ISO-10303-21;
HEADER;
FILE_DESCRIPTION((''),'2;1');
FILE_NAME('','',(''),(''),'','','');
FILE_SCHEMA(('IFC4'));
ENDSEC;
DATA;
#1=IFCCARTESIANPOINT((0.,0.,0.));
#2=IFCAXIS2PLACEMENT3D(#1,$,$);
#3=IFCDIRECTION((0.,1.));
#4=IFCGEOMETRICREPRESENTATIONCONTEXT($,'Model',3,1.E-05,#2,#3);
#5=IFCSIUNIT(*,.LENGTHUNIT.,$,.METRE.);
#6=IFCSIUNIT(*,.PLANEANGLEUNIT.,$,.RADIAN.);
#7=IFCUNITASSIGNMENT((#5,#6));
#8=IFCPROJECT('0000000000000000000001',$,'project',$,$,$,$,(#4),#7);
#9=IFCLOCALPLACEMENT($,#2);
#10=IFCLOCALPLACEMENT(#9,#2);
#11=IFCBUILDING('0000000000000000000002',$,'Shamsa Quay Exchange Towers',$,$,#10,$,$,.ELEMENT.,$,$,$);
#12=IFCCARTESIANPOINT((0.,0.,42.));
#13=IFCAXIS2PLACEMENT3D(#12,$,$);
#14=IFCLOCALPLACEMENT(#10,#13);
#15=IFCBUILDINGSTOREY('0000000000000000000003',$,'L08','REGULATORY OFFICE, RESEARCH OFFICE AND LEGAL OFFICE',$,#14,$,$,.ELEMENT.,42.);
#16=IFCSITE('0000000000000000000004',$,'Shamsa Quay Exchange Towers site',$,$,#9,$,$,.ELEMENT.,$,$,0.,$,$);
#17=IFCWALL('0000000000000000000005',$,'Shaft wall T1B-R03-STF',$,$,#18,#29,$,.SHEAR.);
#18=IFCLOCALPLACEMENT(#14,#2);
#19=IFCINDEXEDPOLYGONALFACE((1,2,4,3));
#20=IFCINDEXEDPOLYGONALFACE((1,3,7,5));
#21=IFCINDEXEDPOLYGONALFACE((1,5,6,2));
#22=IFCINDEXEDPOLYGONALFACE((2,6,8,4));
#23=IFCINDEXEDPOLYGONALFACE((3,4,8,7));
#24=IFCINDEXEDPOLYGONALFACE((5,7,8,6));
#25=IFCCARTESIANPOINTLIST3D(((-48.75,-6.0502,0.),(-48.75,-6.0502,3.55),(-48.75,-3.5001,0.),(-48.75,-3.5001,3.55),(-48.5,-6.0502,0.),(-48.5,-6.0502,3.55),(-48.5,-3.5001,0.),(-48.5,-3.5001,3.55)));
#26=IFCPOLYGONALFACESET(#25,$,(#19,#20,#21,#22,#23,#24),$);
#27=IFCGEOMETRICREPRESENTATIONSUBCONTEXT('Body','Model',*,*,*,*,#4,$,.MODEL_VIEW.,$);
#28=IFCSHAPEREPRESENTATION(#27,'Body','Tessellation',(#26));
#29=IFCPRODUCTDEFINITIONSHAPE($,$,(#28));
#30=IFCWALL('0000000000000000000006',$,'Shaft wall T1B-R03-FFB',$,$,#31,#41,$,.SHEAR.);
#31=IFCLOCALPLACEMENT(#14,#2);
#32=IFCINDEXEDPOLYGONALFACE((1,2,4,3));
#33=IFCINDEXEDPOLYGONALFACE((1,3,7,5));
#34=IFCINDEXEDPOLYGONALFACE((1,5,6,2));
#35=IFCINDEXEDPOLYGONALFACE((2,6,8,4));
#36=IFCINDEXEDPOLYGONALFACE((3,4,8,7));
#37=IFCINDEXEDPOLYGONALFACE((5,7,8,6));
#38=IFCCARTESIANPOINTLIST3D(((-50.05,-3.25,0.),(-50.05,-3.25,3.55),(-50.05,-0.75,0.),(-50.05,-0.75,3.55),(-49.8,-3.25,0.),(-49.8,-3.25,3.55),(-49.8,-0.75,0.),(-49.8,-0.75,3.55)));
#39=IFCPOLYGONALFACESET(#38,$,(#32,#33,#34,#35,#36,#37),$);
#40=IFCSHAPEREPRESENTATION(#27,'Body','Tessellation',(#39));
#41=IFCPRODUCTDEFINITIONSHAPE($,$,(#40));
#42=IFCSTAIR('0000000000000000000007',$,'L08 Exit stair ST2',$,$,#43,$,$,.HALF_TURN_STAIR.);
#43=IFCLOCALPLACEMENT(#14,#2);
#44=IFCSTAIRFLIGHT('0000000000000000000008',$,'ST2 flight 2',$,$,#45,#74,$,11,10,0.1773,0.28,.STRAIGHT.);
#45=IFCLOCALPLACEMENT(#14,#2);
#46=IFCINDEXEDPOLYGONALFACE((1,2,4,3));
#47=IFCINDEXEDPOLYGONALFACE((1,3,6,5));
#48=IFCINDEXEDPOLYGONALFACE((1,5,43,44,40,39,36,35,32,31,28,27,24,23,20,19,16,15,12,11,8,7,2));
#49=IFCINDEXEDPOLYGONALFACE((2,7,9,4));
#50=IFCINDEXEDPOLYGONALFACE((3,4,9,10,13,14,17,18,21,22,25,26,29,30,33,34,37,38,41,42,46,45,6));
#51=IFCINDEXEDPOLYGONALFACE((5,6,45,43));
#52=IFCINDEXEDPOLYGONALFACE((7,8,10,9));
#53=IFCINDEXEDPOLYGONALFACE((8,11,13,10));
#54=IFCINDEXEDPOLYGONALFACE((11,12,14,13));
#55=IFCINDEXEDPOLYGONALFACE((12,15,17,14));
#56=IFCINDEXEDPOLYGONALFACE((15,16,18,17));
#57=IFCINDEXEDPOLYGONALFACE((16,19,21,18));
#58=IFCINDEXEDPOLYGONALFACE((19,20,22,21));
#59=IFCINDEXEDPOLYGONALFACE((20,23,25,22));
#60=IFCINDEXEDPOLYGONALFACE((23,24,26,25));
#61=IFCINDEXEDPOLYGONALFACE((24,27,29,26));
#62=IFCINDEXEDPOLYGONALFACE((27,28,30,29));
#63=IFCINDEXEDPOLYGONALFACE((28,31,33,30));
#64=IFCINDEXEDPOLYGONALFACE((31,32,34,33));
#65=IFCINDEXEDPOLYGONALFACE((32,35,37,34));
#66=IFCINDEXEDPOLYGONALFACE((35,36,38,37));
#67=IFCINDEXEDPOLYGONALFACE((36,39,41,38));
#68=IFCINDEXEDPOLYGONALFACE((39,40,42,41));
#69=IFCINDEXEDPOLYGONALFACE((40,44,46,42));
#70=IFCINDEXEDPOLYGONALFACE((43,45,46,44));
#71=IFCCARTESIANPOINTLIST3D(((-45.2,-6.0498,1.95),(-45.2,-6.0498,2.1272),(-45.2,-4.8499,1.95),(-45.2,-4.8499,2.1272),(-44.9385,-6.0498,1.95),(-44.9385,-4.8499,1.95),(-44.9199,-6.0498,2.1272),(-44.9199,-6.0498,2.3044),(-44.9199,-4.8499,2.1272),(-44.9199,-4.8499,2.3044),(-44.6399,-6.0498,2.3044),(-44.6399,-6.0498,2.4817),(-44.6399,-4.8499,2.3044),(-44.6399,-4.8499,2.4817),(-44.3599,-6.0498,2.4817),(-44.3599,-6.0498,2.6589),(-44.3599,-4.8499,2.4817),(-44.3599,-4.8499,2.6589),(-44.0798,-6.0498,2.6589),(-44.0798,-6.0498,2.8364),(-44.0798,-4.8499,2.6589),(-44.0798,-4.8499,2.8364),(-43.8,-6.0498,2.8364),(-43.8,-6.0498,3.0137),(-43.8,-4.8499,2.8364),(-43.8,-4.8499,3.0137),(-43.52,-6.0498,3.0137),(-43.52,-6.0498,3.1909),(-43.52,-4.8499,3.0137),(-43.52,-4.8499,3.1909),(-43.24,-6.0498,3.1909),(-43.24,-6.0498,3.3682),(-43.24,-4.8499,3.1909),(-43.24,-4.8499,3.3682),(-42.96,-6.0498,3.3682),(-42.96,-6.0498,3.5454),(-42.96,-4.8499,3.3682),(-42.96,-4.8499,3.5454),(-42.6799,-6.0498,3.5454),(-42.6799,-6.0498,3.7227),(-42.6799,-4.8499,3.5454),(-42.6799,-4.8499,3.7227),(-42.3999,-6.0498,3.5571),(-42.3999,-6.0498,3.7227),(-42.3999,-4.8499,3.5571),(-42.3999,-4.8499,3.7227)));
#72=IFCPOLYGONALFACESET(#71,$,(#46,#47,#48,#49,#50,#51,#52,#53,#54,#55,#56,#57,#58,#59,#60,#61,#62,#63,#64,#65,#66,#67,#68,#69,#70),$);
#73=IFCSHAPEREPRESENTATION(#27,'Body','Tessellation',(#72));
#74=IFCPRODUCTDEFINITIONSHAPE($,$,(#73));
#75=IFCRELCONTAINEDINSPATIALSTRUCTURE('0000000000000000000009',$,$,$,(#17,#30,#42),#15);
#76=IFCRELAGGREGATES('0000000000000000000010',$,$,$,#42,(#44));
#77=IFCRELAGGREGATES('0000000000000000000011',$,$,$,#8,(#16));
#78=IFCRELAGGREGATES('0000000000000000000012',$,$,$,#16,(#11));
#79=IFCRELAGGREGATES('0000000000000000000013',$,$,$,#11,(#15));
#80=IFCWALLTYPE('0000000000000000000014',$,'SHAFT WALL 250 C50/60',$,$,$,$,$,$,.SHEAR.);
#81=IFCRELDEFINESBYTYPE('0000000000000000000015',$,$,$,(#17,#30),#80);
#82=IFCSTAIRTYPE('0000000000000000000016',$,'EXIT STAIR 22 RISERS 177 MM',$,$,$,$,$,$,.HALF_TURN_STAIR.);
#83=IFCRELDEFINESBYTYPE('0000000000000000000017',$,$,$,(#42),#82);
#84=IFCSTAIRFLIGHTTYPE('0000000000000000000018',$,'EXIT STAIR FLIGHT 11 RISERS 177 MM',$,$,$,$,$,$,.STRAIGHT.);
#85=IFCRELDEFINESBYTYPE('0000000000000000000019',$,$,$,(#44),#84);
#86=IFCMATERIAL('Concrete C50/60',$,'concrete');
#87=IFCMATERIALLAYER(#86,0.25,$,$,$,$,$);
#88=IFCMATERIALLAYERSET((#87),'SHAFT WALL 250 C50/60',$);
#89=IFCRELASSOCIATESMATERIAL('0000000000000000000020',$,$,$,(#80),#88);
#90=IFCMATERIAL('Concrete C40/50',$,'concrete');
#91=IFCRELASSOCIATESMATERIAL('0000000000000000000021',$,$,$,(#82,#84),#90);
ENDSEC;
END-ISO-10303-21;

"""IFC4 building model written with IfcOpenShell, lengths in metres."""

from ifc_helpers import new_model, si_unit, direction, frame, frame_2d, origin, place, context, subcontext, project, spatial, polyline, rectangle, outline, extrude, material, layer, layer_set, type_object, element, aggregate, save


model = new_model("IFC4")

# Units and contexts
model_context = context("Model", 3, precision=1e-05, world=origin(), true_north=direction((0.0, 1.0)))
body_context = subcontext(model_context, "Body", "Model", "MODEL_VIEW")
ifc_project = project(units=[si_unit("LENGTHUNIT", "METRE"), si_unit("PLANEANGLEUNIT", "RADIAN")], contexts=[model_context])

# Site, building, storey
site_placement = place(None, origin())
site = spatial("IfcSite", under=ifc_project, at=site_placement, Name="Shamsa Quay Exchange Towers site", CompositionType="ELEMENT", RefElevation=0.0)
building_placement = place(site_placement, origin())
building = spatial("IfcBuilding", under=site, at=building_placement, Name="Shamsa Quay Exchange Towers", CompositionType="ELEMENT")
storey_placement = place(building_placement, frame((0.0, 0.0, 42.0)))
storey = spatial("IfcBuildingStorey", under=building, at=storey_placement, Name="L08", Description="REGULATORY OFFICE, RESEARCH OFFICE AND LEGAL OFFICE", CompositionType="ELEMENT", Elevation=42.0)

# Wall
ifc_material_1 = material(Name="Concrete C50/60", Category="concrete")
ifc_layer_1 = layer(ifc_material_1, 0.25)
ifc_layer_set_1 = layer_set([ifc_layer_1], Name="SHAFT WALL 250 C50/60")
wall_type_1 = type_object("IfcWallType", Name="SHAFT WALL 250 C50/60", PredefinedType="SHEAR", material=ifc_layer_set_1)
wall_1_placement = place(storey_placement, frame((-48.625, -6.05, 0.0), z_axis=(0.0, 0.0, 1.0), x_axis=(0.0, 1.0, 0.0)))
element("IfcWall", 1, at=wall_1_placement, inside=storey, type_object=wall_type_1, Name="Shaft wall T1B-R03-STF", PredefinedType="SHEAR", context=body_context, shape_type="SweptSolid", body=[
    extrude(rectangle(XDim=2.55, YDim=0.25, at=frame_2d((1.2749, 0.0))), origin(), (0.0, 0.0, 1.0), 3.55),
])

# Wall
wall_2_placement = place(storey_placement, frame((-49.925, -3.25, 0.0), z_axis=(0.0, 0.0, 1.0), x_axis=(0.0, 1.0, 0.0)))
element("IfcWall", 2, at=wall_2_placement, inside=storey, type_object=wall_type_1, Name="Shaft wall T1B-R03-FFB", PredefinedType="SHEAR", context=body_context, shape_type="SweptSolid", body=[
    extrude(rectangle(XDim=2.5, YDim=0.25, at=frame_2d((1.25, 0.0))), origin(), (0.0, 0.0, 1.0), 3.55),
])

# Stair, stair flight
ifc_material_2 = material(Name="Concrete C40/50", Category="concrete")
stair_type = type_object("IfcStairType", Name="EXIT STAIR 22 RISERS 177 MM", PredefinedType="HALF_TURN_STAIR", material=ifc_material_2)
stair_placement = place(storey_placement, origin())
stair = element("IfcStair", 3, at=stair_placement, inside=storey, type_object=stair_type, Name="L08 Exit stair ST2", PredefinedType="HALF_TURN_STAIR")
stair_flight_type = type_object("IfcStairFlightType", Name="EXIT STAIR FLIGHT 11 RISERS 177 MM", PredefinedType="STRAIGHT", material=ifc_material_2)
stair_flight_placement = place(storey_placement, frame((-45.2, -5.45, 1.95)))
stair_flight = element("IfcStairFlight", 4, at=stair_flight_placement, type_object=stair_flight_type, Name="ST2 flight 2", NumberOfRisers=11, NumberOfTreads=10, PredefinedType="STRAIGHT", RiserHeight=0.1773, TreadLength=0.28, context=body_context, shape_type="SweptSolid", body=[
    extrude(outline(polyline([(0.0, 0.0), (0.0, 0.1772), (0.28, 0.1772), (0.28, 0.3545), (0.5601, 0.3545), (0.5601, 0.5317), (0.8401, 0.5317), (0.8401, 0.709), (1.1201, 0.709), (1.1201, 0.8865), (1.3999, 0.8865), (1.3999, 1.0637), (1.6799, 1.0637), (1.6799, 1.241), (1.96, 1.241), (1.96, 1.4182), (2.24, 1.4182), (2.24, 1.5955), (2.52, 1.5955), (2.52, 1.7727), (2.8, 1.7727), (2.8, 1.95), (2.8, 1.6072), (0.2615, 0.0), (0.0, 0.0)])), frame((0.0, 0.6001, 0.0), z_axis=(0.0, -1.0, 0.0), x_axis=(1.0, 0.0, 0.0)), (0.0, 0.0, 1.0), 1.2),
])
aggregate(stair, [stair_flight])

save(model, "model.ifc")
